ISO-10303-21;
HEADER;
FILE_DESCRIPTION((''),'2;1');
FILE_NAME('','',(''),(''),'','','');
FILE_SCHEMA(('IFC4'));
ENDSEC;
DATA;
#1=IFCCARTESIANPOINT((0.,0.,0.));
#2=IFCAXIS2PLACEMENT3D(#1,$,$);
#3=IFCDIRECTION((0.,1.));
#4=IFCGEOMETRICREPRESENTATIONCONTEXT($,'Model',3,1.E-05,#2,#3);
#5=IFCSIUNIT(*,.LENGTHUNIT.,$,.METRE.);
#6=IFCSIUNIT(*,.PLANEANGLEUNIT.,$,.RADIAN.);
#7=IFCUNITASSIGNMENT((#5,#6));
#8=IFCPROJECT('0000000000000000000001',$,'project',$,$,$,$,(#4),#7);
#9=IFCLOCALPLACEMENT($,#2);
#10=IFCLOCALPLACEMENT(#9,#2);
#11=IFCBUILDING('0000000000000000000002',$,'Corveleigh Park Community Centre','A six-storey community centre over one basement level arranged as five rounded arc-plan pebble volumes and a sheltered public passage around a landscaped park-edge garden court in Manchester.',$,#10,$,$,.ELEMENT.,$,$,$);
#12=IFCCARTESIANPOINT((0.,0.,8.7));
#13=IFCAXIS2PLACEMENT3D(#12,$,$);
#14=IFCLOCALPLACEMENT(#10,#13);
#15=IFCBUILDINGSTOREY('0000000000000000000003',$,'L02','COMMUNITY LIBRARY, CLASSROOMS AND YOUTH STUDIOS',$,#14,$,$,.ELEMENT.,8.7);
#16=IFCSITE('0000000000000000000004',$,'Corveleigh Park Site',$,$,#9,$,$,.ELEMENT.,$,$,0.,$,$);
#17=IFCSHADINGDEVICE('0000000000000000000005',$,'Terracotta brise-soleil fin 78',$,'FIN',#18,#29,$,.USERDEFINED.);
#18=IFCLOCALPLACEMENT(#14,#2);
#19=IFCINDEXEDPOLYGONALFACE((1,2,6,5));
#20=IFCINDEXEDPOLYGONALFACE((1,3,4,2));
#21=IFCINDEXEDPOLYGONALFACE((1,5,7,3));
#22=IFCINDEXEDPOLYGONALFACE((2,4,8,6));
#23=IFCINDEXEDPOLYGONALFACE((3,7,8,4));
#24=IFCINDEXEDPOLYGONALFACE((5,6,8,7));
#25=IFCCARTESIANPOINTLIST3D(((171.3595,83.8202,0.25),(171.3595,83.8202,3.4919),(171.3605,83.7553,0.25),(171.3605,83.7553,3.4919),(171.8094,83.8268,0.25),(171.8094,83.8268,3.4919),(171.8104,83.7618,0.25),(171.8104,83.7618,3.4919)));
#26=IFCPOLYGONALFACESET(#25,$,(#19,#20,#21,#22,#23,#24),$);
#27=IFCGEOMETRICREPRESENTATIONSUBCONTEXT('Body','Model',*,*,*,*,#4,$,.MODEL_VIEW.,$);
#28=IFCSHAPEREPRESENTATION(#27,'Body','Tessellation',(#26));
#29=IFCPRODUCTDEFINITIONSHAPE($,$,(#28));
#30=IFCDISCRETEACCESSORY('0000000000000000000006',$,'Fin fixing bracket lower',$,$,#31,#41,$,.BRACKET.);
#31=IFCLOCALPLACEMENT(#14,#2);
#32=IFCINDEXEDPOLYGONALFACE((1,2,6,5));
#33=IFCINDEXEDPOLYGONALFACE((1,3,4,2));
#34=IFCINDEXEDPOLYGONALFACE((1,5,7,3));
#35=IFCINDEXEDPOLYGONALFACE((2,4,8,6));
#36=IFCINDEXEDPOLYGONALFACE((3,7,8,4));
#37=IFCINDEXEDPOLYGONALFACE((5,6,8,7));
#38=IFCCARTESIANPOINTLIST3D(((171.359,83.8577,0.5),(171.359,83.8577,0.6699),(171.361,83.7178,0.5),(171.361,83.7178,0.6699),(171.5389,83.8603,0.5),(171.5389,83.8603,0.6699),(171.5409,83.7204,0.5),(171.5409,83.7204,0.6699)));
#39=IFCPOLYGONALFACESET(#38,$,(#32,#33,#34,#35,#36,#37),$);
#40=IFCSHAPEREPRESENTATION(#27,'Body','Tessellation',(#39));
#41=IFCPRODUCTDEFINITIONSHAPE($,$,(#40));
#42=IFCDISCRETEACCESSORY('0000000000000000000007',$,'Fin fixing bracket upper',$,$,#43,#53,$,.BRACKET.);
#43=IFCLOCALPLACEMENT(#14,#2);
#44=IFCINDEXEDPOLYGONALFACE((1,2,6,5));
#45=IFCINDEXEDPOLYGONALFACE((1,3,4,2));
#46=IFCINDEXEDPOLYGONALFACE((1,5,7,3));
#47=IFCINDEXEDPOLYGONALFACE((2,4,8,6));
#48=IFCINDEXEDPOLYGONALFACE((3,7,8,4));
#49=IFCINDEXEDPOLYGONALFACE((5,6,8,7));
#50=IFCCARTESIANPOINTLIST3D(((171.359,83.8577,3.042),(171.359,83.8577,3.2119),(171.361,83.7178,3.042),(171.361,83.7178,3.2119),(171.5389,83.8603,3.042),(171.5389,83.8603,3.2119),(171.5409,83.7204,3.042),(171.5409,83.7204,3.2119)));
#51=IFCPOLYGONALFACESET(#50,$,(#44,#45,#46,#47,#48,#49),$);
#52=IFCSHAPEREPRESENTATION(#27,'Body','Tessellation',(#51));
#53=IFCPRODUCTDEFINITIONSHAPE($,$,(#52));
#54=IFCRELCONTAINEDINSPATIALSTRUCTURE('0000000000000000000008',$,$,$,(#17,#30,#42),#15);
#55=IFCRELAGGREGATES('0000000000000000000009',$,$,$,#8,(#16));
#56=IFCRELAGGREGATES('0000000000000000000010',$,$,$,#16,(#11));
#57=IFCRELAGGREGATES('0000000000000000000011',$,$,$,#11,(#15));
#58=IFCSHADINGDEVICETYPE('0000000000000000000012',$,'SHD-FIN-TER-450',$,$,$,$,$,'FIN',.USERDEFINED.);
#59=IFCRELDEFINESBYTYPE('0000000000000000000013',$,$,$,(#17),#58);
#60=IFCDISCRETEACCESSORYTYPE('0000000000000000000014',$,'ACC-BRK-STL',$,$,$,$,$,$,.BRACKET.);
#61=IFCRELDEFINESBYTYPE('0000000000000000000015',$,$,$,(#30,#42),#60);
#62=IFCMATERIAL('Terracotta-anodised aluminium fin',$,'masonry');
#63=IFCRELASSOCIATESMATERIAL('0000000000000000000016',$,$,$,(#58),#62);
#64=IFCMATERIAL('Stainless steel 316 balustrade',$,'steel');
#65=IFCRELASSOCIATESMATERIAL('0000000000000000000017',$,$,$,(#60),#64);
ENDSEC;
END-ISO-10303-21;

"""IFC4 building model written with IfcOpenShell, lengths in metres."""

from ifc_helpers import new_model, si_unit, direction, frame, origin, origin_2d, place, context, subcontext, project, spatial, rectangle, extrude, material, type_object, element, save


model = new_model("IFC4")

# Units and contexts
model_context = context("Model", 3, precision=1e-05, world=origin(), true_north=direction((0.0, 1.0)))
body_context = subcontext(model_context, "Body", "Model", "MODEL_VIEW")
ifc_project = project(units=[si_unit("LENGTHUNIT", "METRE"), si_unit("PLANEANGLEUNIT", "RADIAN")], contexts=[model_context])

# Site, building, storey
site_placement = place(None, origin())
site = spatial("IfcSite", under=ifc_project, at=site_placement, Name="Corveleigh Park Site", CompositionType="ELEMENT", RefElevation=0.0)
building_placement = place(site_placement, origin())
building = spatial("IfcBuilding", under=site, at=building_placement, Name="Corveleigh Park Community Centre", Description="A six-storey community centre over one basement level arranged as five rounded arc-plan pebble volumes and a sheltered public passage around a landscaped park-edge garden court in Manchester.", CompositionType="ELEMENT")
storey_placement = place(building_placement, frame((0.0, 0.0, 8.7)))
storey = spatial("IfcBuildingStorey", under=building, at=storey_placement, Name="L02", Description="COMMUNITY LIBRARY, CLASSROOMS AND YOUTH STUDIOS", CompositionType="ELEMENT", Elevation=8.7)

# Shading device
ifc_material_1 = material(Name="Terracotta-anodised aluminium fin", Category="masonry")
shading_device_type = type_object("IfcShadingDeviceType", Name="SHD-FIN-TER-450", ElementType="FIN", PredefinedType="USERDEFINED", material=ifc_material_1)
shading_device_placement = place(storey_placement, frame((171.585, 83.791, 0.25), z_axis=(0.0, 0.0, 1.0), x_axis=(0.999893, 0.01461, 0.0)))
element("IfcShadingDevice", 1, at=shading_device_placement, inside=storey, type_object=shading_device_type, Name="Terracotta brise-soleil fin 78", ObjectType="FIN", PredefinedType="USERDEFINED", context=body_context, shape_type="SweptSolid", body=[
    extrude(rectangle(XDim=0.45, YDim=0.0649, at=origin_2d()), origin(), (0.0, 0.0, 1.0), 3.2419),
])

# Discrete accessories
ifc_material_2 = material(Name="Stainless steel 316 balustrade", Category="steel")
discrete_accessory_type = type_object("IfcDiscreteAccessoryType", Name="ACC-BRK-STL", PredefinedType="BRACKET", material=ifc_material_2)
for number, where, z_axis, x_axis, name in (
    (2, (171.45, 83.7891, 0.5), (0.0, 0.0, 1.0), (0.999893, 0.01461, 0.0), "Fin fixing bracket lower"),
    (3, (171.45, 83.7891, 3.042), (0.0, 0.0, 1.0), (0.999893, 0.01461, 0.0), "Fin fixing bracket upper"),
):
    element("IfcDiscreteAccessory", number, at=place(storey_placement, frame(where, z_axis=z_axis, x_axis=x_axis)), inside=storey, type_object=discrete_accessory_type, Name=name, PredefinedType="BRACKET", context=body_context, shape_type="SweptSolid", body=[
        extrude(rectangle(XDim=0.1799, YDim=0.1399, at=origin_2d()), origin(), (0.0, 0.0, 1.0), 0.1699),
    ])

save(model, "model.ifc")
